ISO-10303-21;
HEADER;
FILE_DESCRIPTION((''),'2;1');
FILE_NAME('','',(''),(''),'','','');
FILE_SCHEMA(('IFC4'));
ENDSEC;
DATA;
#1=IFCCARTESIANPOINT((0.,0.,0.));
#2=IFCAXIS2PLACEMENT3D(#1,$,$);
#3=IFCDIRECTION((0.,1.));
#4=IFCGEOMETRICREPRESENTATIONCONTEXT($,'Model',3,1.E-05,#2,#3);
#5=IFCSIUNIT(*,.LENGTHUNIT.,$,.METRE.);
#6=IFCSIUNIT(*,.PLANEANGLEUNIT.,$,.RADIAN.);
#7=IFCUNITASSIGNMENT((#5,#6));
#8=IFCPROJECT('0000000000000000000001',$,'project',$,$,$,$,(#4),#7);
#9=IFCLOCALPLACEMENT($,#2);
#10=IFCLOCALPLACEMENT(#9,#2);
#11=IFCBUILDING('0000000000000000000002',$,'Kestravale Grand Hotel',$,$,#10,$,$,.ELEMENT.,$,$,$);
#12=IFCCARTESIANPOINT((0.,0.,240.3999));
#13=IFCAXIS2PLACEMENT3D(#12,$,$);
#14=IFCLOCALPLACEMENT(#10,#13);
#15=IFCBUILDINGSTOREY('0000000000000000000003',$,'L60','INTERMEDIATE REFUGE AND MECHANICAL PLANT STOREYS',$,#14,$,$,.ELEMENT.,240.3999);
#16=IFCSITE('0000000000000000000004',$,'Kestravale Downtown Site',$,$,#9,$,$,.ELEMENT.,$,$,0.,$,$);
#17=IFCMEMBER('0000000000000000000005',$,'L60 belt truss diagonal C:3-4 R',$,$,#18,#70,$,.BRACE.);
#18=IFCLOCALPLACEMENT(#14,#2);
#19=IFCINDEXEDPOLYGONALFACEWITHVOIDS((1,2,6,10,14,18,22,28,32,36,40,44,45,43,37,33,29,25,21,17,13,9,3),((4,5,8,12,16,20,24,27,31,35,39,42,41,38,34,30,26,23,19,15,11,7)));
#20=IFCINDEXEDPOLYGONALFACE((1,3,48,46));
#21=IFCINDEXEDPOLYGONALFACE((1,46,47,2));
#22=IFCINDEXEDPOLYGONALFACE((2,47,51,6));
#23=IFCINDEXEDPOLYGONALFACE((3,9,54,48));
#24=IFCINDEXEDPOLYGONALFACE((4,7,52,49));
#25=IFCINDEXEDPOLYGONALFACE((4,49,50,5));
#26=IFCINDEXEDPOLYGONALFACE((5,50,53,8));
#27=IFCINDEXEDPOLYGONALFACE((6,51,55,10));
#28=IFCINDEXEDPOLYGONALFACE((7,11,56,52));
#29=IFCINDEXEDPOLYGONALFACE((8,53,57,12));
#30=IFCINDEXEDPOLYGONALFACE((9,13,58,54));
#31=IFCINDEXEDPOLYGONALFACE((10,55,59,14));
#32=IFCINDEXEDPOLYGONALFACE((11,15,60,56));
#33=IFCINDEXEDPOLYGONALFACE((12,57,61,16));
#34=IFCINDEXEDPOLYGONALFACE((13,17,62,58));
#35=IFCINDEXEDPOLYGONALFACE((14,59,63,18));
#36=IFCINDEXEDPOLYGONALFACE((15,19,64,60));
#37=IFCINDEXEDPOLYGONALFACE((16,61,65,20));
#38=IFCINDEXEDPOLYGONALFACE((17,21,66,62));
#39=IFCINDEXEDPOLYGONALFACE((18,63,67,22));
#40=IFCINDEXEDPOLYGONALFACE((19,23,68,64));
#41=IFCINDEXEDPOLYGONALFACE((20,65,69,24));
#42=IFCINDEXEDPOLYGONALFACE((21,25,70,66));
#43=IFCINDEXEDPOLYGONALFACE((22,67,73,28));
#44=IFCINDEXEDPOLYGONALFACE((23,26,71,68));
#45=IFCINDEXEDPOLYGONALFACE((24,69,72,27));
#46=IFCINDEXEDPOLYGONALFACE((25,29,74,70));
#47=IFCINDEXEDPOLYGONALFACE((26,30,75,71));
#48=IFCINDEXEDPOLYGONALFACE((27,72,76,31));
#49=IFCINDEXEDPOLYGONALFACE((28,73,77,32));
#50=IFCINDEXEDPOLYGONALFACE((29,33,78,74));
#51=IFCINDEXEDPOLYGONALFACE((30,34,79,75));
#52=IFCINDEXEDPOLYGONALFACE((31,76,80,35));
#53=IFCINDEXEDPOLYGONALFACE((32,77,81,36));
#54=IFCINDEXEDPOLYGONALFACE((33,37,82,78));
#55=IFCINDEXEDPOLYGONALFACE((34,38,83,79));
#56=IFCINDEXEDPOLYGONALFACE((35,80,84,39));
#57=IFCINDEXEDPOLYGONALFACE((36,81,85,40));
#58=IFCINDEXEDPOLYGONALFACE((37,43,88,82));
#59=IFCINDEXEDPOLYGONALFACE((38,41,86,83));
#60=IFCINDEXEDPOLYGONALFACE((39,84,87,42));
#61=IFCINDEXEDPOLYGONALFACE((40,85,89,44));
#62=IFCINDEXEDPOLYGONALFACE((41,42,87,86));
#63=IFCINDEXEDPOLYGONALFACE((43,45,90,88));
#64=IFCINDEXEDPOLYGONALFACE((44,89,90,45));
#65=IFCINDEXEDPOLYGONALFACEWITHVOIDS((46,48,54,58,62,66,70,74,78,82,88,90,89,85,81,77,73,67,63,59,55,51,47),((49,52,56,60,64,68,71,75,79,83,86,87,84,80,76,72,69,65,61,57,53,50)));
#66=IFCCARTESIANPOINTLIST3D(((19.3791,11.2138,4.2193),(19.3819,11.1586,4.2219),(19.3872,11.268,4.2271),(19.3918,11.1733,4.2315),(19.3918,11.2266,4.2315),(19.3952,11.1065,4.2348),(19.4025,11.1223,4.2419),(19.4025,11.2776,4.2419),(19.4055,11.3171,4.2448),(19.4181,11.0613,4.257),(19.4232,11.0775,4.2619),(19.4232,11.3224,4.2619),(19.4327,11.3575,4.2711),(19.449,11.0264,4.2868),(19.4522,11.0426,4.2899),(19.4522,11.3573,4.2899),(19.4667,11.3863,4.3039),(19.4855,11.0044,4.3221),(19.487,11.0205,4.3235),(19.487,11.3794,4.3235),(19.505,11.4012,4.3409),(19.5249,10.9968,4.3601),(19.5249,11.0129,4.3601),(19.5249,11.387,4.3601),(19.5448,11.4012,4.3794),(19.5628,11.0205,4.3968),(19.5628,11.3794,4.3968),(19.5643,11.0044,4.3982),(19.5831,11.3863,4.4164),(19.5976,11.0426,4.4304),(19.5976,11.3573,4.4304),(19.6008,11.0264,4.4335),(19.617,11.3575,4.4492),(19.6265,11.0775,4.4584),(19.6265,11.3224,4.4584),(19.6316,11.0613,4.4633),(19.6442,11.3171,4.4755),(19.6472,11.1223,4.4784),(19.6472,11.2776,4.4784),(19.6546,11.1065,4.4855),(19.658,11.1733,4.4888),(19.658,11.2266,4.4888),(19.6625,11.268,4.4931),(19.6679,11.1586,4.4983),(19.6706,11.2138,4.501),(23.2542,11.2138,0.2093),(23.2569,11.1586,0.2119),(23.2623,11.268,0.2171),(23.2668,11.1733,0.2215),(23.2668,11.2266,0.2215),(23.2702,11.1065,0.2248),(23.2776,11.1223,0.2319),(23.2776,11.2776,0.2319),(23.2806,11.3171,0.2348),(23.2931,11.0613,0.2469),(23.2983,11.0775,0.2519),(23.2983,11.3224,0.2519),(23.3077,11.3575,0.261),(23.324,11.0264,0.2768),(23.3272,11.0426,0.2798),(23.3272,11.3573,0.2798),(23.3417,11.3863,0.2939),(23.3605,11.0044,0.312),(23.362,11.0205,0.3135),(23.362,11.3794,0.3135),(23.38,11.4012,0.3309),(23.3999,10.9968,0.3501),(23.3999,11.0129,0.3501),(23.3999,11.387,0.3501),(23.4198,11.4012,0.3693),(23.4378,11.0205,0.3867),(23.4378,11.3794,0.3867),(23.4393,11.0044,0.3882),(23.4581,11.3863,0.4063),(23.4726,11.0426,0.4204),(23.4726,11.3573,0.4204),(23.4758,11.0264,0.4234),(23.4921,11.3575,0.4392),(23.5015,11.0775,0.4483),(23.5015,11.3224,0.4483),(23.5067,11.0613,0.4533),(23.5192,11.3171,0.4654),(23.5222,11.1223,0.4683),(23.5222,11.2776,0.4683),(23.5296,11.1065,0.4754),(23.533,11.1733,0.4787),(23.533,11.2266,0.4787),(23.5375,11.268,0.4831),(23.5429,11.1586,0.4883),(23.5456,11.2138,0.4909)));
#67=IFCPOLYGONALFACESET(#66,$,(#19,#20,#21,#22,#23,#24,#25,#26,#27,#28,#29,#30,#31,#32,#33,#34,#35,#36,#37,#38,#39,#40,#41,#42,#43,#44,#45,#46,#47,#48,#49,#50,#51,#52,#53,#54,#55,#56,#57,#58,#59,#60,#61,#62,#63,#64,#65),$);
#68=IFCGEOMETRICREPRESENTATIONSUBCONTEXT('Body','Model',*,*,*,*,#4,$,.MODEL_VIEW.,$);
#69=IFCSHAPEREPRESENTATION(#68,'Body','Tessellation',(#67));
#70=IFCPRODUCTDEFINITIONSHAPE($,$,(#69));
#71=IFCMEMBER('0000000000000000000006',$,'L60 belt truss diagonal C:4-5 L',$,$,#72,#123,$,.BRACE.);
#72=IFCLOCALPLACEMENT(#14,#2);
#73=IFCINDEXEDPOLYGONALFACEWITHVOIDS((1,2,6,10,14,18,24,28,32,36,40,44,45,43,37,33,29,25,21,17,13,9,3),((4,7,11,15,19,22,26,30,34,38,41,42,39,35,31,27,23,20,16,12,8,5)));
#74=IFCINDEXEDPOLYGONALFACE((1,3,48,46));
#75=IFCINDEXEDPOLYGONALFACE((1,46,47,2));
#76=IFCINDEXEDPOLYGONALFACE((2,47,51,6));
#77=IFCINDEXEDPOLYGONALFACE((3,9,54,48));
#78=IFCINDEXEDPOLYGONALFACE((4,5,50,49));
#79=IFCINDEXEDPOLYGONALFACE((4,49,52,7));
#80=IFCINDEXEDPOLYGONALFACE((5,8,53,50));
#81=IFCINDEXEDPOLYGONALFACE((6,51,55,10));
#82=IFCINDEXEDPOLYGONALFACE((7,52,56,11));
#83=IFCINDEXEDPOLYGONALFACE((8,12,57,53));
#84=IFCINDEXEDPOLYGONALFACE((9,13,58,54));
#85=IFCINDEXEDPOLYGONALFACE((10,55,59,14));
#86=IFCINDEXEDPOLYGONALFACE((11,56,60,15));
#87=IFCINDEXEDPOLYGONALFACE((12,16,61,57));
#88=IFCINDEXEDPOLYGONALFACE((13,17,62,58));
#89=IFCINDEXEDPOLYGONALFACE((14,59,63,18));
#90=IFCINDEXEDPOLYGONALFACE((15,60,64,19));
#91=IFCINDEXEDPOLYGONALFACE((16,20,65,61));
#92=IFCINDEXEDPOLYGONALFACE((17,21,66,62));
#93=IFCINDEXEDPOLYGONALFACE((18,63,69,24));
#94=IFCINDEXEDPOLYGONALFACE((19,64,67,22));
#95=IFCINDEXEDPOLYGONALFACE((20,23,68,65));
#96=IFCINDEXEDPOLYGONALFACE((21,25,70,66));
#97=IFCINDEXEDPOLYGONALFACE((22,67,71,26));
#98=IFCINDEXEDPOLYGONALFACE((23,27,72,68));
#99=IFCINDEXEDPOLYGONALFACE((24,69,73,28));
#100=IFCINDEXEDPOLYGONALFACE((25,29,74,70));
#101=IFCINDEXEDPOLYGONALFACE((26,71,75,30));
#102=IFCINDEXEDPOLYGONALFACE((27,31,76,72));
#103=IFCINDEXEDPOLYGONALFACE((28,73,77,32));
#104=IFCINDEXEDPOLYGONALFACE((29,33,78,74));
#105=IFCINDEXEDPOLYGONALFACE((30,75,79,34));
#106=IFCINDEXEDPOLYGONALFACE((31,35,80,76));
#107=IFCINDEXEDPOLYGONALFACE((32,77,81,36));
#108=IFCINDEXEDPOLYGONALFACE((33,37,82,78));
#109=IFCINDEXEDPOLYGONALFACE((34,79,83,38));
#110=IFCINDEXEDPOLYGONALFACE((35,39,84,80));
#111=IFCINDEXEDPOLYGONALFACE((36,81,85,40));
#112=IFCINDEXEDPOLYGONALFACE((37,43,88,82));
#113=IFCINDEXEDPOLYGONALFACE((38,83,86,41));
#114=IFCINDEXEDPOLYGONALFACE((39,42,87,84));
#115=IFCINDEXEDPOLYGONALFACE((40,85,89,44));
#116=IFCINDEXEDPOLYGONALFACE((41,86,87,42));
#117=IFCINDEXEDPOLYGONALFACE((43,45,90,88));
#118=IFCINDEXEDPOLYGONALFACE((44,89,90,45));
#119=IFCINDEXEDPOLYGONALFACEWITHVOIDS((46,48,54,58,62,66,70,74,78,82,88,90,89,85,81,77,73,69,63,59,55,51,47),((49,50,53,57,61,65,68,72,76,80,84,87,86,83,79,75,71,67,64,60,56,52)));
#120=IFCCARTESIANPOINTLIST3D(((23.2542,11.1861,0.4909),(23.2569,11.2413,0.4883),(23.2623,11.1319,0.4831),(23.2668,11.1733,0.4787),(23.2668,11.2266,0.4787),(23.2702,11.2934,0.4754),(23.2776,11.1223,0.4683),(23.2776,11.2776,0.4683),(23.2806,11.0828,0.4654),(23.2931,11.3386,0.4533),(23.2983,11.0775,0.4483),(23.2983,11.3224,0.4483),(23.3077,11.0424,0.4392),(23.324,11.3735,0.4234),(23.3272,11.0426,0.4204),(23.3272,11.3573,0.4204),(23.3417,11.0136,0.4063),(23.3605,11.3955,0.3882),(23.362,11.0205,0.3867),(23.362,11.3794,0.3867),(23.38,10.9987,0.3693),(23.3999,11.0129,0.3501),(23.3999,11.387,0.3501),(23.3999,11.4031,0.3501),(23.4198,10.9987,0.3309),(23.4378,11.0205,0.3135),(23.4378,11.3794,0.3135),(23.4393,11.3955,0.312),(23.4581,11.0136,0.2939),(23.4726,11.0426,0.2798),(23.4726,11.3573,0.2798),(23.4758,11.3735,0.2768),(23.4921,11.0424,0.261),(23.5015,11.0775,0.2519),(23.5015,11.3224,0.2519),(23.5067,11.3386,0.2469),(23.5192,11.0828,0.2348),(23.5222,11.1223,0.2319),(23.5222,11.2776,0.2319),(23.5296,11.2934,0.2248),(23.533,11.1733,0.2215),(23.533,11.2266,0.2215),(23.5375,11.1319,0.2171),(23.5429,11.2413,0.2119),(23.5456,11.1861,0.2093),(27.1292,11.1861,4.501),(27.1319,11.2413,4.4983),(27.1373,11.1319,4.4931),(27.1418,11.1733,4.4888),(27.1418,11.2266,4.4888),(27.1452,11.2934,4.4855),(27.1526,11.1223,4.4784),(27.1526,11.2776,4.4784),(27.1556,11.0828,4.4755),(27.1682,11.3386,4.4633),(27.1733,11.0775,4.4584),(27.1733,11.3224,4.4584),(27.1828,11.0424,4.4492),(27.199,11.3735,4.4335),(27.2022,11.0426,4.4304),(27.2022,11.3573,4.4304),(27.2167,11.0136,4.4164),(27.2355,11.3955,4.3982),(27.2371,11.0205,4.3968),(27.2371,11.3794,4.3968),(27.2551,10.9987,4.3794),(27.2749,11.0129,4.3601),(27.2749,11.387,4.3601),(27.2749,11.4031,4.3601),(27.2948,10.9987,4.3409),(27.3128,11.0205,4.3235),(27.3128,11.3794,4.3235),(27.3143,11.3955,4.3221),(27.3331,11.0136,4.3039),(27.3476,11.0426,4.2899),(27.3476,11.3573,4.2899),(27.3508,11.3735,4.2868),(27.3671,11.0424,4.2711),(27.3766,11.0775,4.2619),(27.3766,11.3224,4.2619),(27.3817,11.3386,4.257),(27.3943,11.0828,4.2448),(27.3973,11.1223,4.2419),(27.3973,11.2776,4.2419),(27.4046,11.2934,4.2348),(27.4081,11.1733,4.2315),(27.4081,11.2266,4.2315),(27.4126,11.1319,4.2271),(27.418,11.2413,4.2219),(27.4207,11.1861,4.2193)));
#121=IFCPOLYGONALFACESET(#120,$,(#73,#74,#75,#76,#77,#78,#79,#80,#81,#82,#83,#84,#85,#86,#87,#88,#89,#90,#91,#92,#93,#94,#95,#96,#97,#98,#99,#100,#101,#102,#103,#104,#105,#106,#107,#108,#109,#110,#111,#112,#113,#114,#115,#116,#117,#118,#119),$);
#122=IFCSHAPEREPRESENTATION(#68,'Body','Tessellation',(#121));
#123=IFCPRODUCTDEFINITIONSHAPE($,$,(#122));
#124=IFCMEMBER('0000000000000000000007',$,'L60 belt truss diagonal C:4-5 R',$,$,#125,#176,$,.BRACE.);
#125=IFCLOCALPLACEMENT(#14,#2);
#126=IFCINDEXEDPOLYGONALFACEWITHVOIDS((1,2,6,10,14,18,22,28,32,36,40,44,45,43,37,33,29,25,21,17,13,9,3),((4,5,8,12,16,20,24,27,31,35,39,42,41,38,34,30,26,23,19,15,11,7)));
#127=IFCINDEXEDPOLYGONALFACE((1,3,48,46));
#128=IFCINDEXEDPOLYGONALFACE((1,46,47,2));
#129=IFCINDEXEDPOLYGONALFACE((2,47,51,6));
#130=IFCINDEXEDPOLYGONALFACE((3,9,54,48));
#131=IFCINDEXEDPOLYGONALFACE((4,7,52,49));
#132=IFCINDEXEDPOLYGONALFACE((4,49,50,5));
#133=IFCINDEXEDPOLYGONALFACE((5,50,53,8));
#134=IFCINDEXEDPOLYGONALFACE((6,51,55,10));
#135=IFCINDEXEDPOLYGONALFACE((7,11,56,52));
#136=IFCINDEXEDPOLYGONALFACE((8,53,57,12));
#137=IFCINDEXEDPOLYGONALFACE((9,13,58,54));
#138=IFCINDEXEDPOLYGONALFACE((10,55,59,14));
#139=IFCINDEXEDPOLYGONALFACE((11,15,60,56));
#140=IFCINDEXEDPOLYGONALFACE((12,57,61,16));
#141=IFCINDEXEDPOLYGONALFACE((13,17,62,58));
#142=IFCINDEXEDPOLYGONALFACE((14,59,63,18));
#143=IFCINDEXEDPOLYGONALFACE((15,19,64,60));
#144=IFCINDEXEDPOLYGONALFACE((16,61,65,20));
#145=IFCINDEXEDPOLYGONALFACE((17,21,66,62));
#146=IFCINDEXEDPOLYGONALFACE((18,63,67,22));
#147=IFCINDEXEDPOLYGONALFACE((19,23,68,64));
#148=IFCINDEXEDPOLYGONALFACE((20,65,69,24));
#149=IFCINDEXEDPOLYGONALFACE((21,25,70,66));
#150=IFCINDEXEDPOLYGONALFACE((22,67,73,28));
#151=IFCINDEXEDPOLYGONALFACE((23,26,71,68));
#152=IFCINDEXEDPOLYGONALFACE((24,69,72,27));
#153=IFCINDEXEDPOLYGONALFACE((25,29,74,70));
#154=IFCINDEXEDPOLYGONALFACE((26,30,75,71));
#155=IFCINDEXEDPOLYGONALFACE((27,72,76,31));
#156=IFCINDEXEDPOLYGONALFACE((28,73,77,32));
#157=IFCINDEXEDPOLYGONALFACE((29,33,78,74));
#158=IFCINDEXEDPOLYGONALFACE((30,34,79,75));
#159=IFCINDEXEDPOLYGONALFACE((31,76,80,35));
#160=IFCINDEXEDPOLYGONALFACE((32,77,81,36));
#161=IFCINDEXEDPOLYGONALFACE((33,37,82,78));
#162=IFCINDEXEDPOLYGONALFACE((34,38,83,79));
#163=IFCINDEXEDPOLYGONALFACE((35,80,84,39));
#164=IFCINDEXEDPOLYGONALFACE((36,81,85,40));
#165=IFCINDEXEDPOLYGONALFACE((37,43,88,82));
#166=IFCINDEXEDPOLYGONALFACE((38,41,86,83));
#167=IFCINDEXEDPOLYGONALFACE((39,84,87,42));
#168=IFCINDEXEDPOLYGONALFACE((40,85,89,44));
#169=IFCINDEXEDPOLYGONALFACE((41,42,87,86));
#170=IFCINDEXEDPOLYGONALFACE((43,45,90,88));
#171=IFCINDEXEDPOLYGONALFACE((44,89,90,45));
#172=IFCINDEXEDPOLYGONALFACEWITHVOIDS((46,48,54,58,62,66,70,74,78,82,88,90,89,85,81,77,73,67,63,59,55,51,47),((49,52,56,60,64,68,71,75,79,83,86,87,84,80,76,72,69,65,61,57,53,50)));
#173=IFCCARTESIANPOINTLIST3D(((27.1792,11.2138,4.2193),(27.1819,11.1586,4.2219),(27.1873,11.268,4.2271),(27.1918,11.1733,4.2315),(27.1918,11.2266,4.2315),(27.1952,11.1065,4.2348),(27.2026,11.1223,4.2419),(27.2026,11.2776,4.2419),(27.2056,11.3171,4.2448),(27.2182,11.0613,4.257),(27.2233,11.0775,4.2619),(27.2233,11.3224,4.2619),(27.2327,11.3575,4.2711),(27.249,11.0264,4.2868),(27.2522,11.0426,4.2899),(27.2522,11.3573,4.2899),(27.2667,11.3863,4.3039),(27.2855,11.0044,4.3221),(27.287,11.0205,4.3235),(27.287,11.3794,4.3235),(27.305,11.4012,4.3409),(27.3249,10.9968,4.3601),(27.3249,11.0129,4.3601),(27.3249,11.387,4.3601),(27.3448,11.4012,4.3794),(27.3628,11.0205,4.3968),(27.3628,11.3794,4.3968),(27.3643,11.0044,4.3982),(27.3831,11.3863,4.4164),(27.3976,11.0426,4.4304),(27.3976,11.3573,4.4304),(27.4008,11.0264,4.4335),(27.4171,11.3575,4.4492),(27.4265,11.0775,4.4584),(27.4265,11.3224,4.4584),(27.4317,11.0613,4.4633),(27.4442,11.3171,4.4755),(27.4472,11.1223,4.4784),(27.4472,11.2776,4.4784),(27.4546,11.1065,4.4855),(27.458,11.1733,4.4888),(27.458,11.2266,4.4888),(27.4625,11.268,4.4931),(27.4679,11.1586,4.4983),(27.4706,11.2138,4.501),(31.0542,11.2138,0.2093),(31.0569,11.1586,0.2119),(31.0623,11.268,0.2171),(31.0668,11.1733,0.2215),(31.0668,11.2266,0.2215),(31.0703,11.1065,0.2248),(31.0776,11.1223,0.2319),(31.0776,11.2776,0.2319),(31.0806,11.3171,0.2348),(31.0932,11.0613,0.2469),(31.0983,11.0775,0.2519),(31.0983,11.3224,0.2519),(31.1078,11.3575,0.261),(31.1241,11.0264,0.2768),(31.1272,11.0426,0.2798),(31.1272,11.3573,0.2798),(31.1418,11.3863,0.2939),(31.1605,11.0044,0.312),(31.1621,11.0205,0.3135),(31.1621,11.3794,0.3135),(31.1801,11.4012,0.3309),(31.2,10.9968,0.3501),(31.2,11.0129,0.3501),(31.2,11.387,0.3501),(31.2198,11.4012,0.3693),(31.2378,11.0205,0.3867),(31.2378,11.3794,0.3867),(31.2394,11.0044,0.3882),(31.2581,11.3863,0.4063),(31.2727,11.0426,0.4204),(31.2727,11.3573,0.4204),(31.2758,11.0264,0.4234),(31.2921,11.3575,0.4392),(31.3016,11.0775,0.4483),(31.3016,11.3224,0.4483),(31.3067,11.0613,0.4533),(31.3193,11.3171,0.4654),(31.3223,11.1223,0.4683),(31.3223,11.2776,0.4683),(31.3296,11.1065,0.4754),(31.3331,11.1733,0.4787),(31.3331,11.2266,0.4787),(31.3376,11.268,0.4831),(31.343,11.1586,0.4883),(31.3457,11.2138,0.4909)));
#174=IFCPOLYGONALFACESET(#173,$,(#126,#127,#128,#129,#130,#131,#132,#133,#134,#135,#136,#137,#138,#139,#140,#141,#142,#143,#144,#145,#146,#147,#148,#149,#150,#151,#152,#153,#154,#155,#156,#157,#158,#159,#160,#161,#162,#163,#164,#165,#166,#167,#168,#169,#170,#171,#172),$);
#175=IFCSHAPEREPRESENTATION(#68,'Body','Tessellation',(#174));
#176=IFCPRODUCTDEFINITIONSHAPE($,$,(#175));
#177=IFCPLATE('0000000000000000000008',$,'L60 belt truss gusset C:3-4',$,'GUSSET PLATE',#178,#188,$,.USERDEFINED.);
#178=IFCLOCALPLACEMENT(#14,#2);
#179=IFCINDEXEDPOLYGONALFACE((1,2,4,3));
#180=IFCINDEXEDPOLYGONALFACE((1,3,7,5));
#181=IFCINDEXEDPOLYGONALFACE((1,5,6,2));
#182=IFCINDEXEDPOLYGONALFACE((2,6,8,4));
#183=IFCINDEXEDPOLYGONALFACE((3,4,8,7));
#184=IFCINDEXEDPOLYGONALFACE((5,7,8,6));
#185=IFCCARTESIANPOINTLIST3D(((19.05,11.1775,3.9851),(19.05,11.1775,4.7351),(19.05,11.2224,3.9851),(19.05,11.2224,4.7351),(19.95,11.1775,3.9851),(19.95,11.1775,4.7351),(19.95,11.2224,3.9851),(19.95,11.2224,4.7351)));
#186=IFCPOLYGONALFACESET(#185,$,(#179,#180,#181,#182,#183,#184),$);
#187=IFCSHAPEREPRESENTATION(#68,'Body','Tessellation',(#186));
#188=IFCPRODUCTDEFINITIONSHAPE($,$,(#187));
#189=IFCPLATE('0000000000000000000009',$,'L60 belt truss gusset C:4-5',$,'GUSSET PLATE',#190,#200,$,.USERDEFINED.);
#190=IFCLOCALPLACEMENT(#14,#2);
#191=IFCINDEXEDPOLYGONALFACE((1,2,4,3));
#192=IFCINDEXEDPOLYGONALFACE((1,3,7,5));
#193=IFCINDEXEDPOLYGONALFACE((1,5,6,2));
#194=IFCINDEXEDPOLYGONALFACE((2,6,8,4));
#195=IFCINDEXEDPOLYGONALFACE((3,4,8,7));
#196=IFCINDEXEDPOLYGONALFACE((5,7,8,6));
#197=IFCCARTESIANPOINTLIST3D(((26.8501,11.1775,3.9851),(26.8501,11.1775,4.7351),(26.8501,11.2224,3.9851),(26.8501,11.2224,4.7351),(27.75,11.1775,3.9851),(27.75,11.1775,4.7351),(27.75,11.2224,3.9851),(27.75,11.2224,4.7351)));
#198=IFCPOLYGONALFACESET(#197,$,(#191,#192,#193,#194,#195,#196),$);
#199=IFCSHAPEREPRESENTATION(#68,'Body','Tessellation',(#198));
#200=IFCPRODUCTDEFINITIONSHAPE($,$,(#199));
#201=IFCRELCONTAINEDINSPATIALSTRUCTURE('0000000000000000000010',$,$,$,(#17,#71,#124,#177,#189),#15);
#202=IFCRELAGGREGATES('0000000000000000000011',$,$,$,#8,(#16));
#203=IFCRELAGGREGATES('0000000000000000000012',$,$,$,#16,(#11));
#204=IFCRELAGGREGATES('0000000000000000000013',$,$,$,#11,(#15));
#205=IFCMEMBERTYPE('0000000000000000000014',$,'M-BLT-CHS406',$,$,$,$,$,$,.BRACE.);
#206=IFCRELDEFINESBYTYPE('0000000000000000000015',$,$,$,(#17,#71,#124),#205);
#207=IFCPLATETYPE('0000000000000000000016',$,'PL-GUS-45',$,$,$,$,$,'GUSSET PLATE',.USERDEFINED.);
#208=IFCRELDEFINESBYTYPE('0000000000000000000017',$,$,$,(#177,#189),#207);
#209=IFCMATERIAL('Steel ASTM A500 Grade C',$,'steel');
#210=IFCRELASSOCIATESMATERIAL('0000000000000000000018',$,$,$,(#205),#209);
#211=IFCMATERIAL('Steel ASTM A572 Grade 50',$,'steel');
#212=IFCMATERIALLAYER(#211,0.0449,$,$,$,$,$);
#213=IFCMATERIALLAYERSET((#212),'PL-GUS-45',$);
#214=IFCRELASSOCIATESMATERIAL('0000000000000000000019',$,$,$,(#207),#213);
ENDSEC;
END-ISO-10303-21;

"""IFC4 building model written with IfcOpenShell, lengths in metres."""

from ifc_helpers import new_model, si_unit, direction, frame, origin, origin_2d, place, context, subcontext, project, spatial, rectangle, hollow_circle, extrude, material, layer, layer_set, material_profile, profile_set, type_object, element, save


model = new_model("IFC4")

# Units and contexts
model_context = context("Model", 3, precision=1e-05, world=origin(), true_north=direction((0.0, 1.0)))
body_context = subcontext(model_context, "Body", "Model", "MODEL_VIEW")
ifc_project = project(units=[si_unit("LENGTHUNIT", "METRE"), si_unit("PLANEANGLEUNIT", "RADIAN")], contexts=[model_context])

# Site, building, storey
site_placement = place(None, origin())
site = spatial("IfcSite", under=ifc_project, at=site_placement, Name="Kestravale Downtown Site", CompositionType="ELEMENT", RefElevation=0.0)
building_placement = place(site_placement, origin())
building = spatial("IfcBuilding", under=site, at=building_placement, Name="Kestravale Grand Hotel", CompositionType="ELEMENT")
storey_placement = place(building_placement, frame((0.0, 0.0, 240.3999)))
storey = spatial("IfcBuildingStorey", under=building, at=storey_placement, Name="L60", Description="INTERMEDIATE REFUGE AND MECHANICAL PLANT STOREYS", CompositionType="ELEMENT", Elevation=240.3999)

# Members
ifc_material_1 = material(Name="Steel ASTM A500 Grade C", Category="steel")
ifc_material_profile_1 = material_profile(ifc_material_1, hollow_circle(Radius=0.2031, WallThickness=0.0161, at=origin_2d()))
ifc_profile_set_1 = profile_set([ifc_material_profile_1], Name="Steel ASTM A500 Grade C")
member_type_1 = type_object("IfcMemberType", Name="M-BLT-CHS406", PredefinedType="BRACE", material=ifc_profile_set_1)
for number, where, z_axis, x_axis, name in (
    (1, (23.3999, 11.2, 0.3501), (-0.694898, 0.0, 0.719109), (0.0, -1.0, 0.0), "L60 belt truss diagonal C:3-4 R"),
    (2, (23.3999, 11.2, 0.3501), (0.694898, 0.0, 0.719109), (0.0, 1.0, 0.0), "L60 belt truss diagonal C:4-5 L"),
    (3, (31.2, 11.2, 0.3501), (-0.694898, 0.0, 0.719109), (0.0, -1.0, 0.0), "L60 belt truss diagonal C:4-5 R"),
):
    element("IfcMember", number, at=place(storey_placement, frame(where, z_axis=z_axis, x_axis=x_axis)), inside=storey, type_object=member_type_1, Name=name, PredefinedType="BRACE", context=body_context, shape_type="SweptSolid", body=[
        extrude(hollow_circle(Radius=0.2031, WallThickness=0.0161, at=origin_2d()), origin(), (0.0, 0.0, 1.0), 5.5764),
    ])

# Plates
ifc_material_2 = material(Name="Steel ASTM A572 Grade 50", Category="steel")
ifc_layer_1 = layer(ifc_material_2, 0.0449)
ifc_layer_set_1 = layer_set([ifc_layer_1], Name="PL-GUS-45")
plate_type = type_object("IfcPlateType", Name="PL-GUS-45", ElementType="GUSSET PLATE", PredefinedType="USERDEFINED", material=ifc_layer_set_1)
for number, where, z_axis, x_axis, name in (
    (4, (19.5, 11.2, 3.9851), (0.0, 0.0, 1.0), (1.0, 0.0, 0.0), "L60 belt truss gusset C:3-4"),
    (5, (27.3, 11.2, 3.9851), (0.0, 0.0, 1.0), (1.0, 0.0, 0.0), "L60 belt truss gusset C:4-5"),
):
    element("IfcPlate", number, at=place(storey_placement, frame(where, z_axis=z_axis, x_axis=x_axis)), inside=storey, type_object=plate_type, Name=name, ObjectType="GUSSET PLATE", PredefinedType="USERDEFINED", context=body_context, shape_type="SweptSolid", body=[
        extrude(rectangle(XDim=0.8999, YDim=0.0449, at=origin_2d()), origin(), (0.0, 0.0, 1.0), 0.75),
    ])

save(model, "model.ifc")
